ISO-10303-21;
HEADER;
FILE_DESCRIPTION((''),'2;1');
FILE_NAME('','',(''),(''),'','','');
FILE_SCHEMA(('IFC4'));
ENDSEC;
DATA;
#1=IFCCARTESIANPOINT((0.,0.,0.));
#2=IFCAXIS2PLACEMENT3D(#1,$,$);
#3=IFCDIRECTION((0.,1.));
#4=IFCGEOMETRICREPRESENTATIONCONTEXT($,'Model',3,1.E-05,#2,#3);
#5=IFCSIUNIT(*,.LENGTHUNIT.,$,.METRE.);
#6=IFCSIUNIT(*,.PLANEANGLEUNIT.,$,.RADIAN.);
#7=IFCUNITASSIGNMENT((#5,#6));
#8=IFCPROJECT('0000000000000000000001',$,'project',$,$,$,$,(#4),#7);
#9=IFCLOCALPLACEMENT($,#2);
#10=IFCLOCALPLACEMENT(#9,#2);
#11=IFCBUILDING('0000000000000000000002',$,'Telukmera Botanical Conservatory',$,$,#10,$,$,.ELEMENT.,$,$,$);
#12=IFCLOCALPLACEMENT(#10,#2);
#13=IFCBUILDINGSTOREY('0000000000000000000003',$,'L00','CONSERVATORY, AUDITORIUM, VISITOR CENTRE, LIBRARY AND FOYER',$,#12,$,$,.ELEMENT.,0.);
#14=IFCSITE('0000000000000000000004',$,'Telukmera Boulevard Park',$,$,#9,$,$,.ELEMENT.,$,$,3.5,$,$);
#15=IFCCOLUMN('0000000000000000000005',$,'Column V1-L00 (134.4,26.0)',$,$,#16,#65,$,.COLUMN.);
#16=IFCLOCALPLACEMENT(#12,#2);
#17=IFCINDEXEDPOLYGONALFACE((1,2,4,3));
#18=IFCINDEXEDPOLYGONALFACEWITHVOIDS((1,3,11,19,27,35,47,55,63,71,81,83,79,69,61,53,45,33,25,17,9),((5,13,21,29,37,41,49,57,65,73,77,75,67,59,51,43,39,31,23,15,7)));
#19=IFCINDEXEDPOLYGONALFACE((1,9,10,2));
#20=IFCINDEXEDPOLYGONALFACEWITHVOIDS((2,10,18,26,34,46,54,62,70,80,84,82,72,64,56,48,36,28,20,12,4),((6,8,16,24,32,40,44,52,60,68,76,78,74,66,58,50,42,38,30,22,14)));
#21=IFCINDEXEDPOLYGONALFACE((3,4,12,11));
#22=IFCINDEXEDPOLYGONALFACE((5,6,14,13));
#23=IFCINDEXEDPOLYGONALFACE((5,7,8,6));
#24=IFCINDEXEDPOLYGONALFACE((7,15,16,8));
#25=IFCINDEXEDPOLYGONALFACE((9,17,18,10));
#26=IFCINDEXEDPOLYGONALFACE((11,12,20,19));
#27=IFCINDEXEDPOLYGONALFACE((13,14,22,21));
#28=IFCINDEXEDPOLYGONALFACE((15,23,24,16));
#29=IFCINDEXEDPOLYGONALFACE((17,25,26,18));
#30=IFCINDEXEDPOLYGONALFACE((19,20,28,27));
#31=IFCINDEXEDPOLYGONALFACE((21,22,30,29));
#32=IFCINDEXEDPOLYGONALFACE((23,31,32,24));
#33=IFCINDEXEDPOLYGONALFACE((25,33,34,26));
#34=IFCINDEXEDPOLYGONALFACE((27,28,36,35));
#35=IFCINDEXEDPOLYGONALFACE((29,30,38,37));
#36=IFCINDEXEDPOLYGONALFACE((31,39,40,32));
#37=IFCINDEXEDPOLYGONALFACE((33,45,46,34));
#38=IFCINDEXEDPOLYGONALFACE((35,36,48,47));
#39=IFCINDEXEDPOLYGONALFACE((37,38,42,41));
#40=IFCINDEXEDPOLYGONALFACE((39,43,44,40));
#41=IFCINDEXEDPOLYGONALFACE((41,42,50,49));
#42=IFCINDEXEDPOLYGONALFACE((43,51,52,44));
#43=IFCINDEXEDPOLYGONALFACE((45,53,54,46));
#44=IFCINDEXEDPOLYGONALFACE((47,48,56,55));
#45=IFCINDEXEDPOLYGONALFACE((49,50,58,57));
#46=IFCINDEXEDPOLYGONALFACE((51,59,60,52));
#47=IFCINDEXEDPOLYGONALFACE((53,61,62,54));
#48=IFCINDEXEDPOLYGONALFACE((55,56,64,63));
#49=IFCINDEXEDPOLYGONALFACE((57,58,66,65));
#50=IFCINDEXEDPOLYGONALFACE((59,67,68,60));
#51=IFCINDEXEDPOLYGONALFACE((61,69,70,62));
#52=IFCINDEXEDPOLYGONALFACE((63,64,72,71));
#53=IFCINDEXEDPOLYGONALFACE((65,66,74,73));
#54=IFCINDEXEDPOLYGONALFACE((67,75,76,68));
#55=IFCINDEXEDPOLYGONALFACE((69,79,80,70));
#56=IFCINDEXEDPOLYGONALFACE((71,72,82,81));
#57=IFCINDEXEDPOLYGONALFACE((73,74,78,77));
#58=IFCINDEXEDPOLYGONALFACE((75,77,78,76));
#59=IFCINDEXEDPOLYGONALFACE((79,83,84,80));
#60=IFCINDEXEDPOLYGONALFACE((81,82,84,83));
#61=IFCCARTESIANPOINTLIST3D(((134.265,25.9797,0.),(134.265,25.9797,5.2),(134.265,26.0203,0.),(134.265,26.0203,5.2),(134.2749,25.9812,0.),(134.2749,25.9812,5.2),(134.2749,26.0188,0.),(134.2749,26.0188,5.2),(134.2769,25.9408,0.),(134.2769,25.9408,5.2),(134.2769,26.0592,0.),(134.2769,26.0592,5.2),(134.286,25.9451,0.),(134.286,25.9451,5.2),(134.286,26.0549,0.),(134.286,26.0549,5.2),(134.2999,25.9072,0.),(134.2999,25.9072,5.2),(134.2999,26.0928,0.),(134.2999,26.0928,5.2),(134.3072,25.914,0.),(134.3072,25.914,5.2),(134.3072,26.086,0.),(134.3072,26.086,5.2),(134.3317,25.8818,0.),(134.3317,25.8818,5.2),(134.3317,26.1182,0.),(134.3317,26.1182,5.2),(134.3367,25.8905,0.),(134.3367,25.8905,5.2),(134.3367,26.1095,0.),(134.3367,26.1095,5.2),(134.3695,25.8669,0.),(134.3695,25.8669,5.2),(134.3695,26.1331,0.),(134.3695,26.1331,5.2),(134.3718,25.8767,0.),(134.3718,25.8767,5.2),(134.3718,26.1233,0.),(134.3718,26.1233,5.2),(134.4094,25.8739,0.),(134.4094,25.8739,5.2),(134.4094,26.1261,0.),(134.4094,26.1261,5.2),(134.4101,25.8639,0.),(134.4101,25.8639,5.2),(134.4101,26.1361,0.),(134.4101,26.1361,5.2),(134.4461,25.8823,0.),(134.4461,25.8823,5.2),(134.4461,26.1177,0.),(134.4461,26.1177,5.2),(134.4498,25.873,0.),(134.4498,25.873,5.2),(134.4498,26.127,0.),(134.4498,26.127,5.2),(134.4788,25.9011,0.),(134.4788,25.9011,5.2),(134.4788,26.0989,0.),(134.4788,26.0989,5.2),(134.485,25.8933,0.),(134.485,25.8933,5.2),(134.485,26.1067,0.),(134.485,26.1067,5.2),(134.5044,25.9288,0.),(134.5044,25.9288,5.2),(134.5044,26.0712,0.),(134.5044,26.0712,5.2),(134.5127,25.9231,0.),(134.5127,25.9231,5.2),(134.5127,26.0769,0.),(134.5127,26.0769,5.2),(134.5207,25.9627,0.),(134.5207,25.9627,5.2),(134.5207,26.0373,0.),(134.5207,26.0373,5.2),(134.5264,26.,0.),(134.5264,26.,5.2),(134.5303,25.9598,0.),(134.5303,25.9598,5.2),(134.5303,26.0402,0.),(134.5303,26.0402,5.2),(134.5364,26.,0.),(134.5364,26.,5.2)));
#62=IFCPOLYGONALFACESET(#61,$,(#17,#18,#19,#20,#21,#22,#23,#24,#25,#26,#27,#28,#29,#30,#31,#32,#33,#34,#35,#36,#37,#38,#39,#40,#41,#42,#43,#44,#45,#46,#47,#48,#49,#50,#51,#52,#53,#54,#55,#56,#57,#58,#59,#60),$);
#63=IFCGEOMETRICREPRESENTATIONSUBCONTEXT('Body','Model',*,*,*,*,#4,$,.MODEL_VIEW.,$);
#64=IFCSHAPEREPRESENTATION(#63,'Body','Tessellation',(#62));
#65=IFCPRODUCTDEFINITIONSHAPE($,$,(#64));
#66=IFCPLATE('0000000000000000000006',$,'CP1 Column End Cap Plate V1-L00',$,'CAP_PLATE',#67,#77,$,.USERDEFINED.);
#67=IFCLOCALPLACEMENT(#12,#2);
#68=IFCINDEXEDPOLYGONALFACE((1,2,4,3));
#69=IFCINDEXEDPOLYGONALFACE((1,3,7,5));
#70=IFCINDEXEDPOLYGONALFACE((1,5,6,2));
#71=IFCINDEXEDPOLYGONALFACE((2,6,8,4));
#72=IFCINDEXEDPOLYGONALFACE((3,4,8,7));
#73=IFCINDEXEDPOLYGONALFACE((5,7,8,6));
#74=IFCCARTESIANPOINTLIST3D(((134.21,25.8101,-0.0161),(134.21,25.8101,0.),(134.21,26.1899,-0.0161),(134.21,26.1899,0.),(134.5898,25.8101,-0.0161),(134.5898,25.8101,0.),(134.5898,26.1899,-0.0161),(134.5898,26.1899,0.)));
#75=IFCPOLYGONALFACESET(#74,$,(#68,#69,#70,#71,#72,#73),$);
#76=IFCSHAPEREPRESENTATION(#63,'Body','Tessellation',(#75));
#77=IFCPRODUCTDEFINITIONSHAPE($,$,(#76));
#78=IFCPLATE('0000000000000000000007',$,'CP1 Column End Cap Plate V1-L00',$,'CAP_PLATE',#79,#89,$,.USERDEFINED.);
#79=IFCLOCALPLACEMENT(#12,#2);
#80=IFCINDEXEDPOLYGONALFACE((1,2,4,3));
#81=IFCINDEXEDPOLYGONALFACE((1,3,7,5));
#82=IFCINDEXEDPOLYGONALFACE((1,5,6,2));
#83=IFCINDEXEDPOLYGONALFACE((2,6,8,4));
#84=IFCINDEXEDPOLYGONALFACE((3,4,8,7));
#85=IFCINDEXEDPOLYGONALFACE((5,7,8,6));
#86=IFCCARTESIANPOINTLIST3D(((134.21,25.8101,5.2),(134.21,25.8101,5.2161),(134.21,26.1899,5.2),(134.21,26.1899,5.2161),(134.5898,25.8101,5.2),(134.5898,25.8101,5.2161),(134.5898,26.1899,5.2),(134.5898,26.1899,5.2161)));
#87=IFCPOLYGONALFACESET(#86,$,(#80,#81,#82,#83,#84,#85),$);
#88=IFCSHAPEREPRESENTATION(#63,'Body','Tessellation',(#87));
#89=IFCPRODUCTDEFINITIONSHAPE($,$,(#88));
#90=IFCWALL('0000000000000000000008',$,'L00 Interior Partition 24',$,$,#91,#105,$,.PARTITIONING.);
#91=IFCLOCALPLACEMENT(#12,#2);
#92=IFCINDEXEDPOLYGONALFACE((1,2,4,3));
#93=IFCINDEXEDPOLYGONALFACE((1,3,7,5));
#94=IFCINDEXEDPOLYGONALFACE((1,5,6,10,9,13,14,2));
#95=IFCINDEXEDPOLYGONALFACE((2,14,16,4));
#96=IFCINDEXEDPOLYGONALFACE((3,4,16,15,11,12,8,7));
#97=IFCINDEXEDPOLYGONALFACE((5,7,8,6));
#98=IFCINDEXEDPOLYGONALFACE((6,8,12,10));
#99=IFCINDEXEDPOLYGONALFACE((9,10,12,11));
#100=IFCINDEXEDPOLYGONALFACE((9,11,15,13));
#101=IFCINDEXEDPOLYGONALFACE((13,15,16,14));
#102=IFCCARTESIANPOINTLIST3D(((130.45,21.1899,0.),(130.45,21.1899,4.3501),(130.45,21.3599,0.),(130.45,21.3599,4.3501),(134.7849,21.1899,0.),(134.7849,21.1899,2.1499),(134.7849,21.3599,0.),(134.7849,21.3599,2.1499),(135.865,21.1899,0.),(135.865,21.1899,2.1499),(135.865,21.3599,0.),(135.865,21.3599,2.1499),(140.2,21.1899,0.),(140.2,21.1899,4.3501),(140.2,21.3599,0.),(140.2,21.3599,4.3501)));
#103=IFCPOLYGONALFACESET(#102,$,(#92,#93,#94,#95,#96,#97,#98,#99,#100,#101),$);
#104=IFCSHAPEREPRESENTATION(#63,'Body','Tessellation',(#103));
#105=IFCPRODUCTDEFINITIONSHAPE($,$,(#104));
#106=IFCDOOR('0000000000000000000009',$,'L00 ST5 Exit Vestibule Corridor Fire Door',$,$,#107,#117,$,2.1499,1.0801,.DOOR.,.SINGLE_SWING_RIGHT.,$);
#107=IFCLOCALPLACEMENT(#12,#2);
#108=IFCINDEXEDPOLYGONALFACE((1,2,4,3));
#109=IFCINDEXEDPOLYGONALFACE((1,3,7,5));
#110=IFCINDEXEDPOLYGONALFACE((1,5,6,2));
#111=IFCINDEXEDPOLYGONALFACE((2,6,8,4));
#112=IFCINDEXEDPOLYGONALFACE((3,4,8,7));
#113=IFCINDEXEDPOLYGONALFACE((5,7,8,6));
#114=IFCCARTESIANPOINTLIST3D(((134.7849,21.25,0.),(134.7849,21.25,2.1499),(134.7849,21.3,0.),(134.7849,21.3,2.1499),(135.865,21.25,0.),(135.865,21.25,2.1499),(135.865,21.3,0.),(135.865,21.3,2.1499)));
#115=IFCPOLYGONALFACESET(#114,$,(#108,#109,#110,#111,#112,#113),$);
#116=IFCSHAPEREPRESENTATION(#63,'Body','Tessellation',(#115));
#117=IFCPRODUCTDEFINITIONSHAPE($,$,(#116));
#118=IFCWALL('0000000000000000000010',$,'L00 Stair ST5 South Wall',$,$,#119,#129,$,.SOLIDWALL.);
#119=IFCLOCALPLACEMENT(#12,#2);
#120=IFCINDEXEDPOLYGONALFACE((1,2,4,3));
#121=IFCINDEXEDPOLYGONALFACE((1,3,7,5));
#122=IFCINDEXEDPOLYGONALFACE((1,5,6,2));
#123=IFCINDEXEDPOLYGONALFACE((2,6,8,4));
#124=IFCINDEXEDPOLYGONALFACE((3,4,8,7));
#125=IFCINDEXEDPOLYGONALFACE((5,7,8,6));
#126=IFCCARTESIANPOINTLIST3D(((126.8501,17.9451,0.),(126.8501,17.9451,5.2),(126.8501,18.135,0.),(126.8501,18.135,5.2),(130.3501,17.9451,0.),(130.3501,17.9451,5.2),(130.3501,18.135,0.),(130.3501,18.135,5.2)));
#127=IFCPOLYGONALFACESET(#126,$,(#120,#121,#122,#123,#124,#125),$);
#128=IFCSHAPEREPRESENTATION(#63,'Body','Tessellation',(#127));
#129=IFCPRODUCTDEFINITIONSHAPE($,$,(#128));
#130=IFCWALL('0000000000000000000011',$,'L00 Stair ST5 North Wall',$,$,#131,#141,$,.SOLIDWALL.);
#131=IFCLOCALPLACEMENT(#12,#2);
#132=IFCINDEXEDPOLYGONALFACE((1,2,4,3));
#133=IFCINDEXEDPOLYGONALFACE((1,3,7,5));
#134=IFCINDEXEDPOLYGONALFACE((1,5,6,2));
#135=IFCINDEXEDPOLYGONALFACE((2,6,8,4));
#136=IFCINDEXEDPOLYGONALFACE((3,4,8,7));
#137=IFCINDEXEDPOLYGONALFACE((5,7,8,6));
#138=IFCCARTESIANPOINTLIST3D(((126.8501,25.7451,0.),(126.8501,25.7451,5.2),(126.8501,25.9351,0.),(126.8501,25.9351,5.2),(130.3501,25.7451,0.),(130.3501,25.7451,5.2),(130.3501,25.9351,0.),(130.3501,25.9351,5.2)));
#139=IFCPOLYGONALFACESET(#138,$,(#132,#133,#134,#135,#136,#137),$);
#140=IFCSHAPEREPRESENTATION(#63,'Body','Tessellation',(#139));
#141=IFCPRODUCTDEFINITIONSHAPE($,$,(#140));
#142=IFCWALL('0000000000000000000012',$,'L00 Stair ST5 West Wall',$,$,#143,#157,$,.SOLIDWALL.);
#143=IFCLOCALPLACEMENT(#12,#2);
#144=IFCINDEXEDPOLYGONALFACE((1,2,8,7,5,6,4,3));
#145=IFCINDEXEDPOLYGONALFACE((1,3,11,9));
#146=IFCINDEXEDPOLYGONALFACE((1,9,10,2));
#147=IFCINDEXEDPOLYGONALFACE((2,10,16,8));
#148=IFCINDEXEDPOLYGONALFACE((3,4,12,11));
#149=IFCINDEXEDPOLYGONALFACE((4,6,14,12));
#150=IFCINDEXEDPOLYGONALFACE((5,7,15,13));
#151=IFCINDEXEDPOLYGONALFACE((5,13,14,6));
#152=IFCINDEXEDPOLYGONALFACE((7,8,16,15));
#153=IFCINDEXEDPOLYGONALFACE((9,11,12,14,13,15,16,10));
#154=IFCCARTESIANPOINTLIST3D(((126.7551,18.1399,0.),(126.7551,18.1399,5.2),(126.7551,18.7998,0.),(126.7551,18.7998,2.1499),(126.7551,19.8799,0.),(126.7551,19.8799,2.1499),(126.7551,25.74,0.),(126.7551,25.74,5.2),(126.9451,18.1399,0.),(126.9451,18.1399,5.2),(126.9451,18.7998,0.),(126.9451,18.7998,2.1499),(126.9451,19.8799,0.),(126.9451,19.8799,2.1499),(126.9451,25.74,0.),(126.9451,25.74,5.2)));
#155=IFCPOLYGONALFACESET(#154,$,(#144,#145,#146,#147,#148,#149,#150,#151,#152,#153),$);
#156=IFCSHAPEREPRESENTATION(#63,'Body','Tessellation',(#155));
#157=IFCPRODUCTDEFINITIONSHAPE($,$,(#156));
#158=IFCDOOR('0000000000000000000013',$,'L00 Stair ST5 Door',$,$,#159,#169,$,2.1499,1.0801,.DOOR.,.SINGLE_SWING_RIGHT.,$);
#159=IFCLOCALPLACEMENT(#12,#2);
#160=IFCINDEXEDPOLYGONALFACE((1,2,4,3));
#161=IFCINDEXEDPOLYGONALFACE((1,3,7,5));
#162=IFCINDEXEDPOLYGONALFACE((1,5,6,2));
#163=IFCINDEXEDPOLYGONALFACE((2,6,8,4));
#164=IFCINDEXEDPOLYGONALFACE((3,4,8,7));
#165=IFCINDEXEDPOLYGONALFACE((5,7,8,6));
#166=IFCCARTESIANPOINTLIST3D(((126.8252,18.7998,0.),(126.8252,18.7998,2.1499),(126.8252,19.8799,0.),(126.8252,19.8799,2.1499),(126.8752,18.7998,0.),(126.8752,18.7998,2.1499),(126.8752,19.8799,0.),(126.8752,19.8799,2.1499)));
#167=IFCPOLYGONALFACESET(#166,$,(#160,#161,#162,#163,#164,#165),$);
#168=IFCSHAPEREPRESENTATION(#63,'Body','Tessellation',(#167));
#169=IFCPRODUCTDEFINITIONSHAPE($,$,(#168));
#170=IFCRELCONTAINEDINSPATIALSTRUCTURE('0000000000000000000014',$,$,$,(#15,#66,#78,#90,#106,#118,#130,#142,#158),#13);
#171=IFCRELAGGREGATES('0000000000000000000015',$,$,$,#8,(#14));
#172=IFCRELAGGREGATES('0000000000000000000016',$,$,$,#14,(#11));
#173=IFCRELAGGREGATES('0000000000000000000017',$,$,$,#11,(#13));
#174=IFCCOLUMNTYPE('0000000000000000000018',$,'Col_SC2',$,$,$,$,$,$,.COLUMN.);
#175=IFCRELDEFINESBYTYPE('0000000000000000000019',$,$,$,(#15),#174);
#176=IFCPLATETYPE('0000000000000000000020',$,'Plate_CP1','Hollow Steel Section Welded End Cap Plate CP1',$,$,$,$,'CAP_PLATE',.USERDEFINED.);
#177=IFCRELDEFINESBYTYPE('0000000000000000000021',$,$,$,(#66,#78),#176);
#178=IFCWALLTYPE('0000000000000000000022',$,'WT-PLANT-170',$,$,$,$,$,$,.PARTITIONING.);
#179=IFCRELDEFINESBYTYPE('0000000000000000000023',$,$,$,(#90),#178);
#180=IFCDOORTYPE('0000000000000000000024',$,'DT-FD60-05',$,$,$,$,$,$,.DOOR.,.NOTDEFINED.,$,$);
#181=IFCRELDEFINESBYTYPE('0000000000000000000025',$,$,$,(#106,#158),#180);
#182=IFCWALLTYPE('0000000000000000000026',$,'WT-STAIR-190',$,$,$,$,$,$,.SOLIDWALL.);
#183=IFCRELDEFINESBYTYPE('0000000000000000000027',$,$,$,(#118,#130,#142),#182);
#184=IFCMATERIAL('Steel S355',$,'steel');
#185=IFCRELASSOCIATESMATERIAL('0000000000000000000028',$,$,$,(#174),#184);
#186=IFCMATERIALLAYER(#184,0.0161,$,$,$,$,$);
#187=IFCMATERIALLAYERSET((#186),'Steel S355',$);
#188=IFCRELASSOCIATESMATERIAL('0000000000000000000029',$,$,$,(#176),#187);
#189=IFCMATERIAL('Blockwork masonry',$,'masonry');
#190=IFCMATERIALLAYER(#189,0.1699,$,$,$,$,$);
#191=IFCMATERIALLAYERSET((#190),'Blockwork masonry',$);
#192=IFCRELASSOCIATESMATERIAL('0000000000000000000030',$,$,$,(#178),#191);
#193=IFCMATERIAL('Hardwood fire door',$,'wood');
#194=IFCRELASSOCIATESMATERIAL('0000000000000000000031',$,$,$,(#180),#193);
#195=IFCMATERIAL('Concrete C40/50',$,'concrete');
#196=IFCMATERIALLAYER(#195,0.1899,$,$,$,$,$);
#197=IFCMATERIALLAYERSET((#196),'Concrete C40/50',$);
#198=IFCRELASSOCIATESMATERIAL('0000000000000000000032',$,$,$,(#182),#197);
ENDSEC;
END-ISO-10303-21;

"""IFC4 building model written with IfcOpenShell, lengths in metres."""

from ifc_helpers import new_model, si_unit, direction, frame, frame_2d, origin, origin_2d, place, context, subcontext, project, spatial, rectangle, hollow_circle, extrude, material, layer, layer_set, material_profile, profile_set, type_object, element, fill, save


model = new_model("IFC4")

# Units and contexts
model_context = context("Model", 3, precision=1e-05, world=origin(), true_north=direction((0.0, 1.0)))
body_context = subcontext(model_context, "Body", "Model", "MODEL_VIEW")
ifc_project = project(units=[si_unit("LENGTHUNIT", "METRE"), si_unit("PLANEANGLEUNIT", "RADIAN")], contexts=[model_context])

# Site, building, storey
site_placement = place(None, origin())
site = spatial("IfcSite", under=ifc_project, at=site_placement, Name="Telukmera Boulevard Park", CompositionType="ELEMENT", RefElevation=3.5)
building_placement = place(site_placement, origin())
building = spatial("IfcBuilding", under=site, at=building_placement, Name="Telukmera Botanical Conservatory", CompositionType="ELEMENT")
storey_placement = place(building_placement, origin())
storey = spatial("IfcBuildingStorey", under=building, at=storey_placement, Name="L00", Description="CONSERVATORY, AUDITORIUM, VISITOR CENTRE, LIBRARY AND FOYER", CompositionType="ELEMENT", Elevation=0.0)

# Column
ifc_material_1 = material(Name="Steel S355", Category="steel")
ifc_material_profile = material_profile(ifc_material_1, hollow_circle(Radius=0.1365, WallThickness=0.01, at=origin_2d()), Name="CHS 273.0x10.0")
ifc_profile_set = profile_set([ifc_material_profile], Name="Steel S355")
column_type = type_object("IfcColumnType", Name="Col_SC2", PredefinedType="COLUMN", material=ifc_profile_set)
column_placement = place(storey_placement, frame((134.3999, 26.0, 0.0), z_axis=(0.0, 0.0, 1.0), x_axis=(1.0, 0.0, 0.0)))
element("IfcColumn", 1, at=column_placement, inside=storey, type_object=column_type, Name="Column V1-L00 (134.4,26.0)", PredefinedType="COLUMN", context=body_context, shape_type="SweptSolid", body=[
    extrude(hollow_circle(Radius=0.1365, WallThickness=0.01, at=origin_2d()), origin(), (0.0, 0.0, 1.0), 5.2),
])

# Plates
ifc_layer_1 = layer(ifc_material_1, 0.0161)
ifc_layer_set_1 = layer_set([ifc_layer_1], Name="Steel S355")
plate_type = type_object("IfcPlateType", Name="Plate_CP1", Description="Hollow Steel Section Welded End Cap Plate CP1", ElementType="CAP_PLATE", PredefinedType="USERDEFINED", material=ifc_layer_set_1)
for number, where, z_axis, x_axis, name in (
    (2, (134.3999, 26.0, -0.0161), (0.0, 0.0, 1.0), (1.0, 0.0, 0.0), "CP1 Column End Cap Plate V1-L00"),
    (3, (134.3999, 26.0, 5.2), (0.0, 0.0, 1.0), (1.0, 0.0, 0.0), "CP1 Column End Cap Plate V1-L00"),
):
    element("IfcPlate", number, at=place(storey_placement, frame(where, z_axis=z_axis, x_axis=x_axis)), inside=storey, type_object=plate_type, Name=name, ObjectType="CAP_PLATE", PredefinedType="USERDEFINED", context=body_context, shape_type="SweptSolid", body=[
        extrude(rectangle(XDim=0.3799, YDim=0.3799, at=origin_2d()), origin(), (0.0, 0.0, 1.0), 0.0161),
    ])

# Wall, opening, door
ifc_material_2 = material(Name="Blockwork masonry", Category="masonry")
ifc_layer_2 = layer(ifc_material_2, 0.1699)
ifc_layer_set_2 = layer_set([ifc_layer_2], Name="Blockwork masonry")
wall_type_1 = type_object("IfcWallType", Name="WT-PLANT-170", PredefinedType="PARTITIONING", material=ifc_layer_set_2)
wall_1_placement = place(storey_placement, frame((130.45, 21.2749, 0.0), z_axis=(0.0, 0.0, 1.0), x_axis=(1.0, 0.0, 0.0)))
wall_1 = element("IfcWall", 4, at=wall_1_placement, inside=storey, type_object=wall_type_1, Name="L00 Interior Partition 24", PredefinedType="PARTITIONING", context=body_context, shape_type="SweptSolid", body=[
    extrude(rectangle(XDim=9.75, YDim=0.1699, at=frame_2d((4.875, 0.0))), origin(), (0.0, 0.0, 1.0), 4.3501),
])
opening_1_placement = place(wall_1_placement, frame((4.335, 0.0, 0.0)))
opening_1 = element("IfcOpeningElement", 5, at=opening_1_placement, cuts=wall_1, PredefinedType="OPENING", context=body_context, shape_type="SweptSolid", body=[
    extrude(rectangle(XDim=1.0801, YDim=2.1499, at=frame_2d((0.54, 1.075))), frame((0.0, 0.095, 0.0), z_axis=(0.0, -1.0, 0.0), x_axis=(1.0, 0.0, 0.0)), (0.0, 0.0, 1.0), 0.1899),
])
ifc_material_3 = material(Name="Hardwood fire door", Category="wood")
door_type = type_object("IfcDoorType", Name="DT-FD60-05", OperationType="NOTDEFINED", PredefinedType="DOOR", material=ifc_material_3)
door_1_placement = place(opening_1_placement, frame((1.0801, 0.0, 0.0), z_axis=(0.0, 0.0, 1.0), x_axis=(-1.0, 0.0, 0.0)))
door_1 = element("IfcDoor", 6, at=door_1_placement, inside=storey, type_object=door_type, Name="L00 ST5 Exit Vestibule Corridor Fire Door", OperationType="SINGLE_SWING_RIGHT", OverallHeight=2.1499, OverallWidth=1.0801, PredefinedType="DOOR", context=body_context, shape_type="SweptSolid", body=[
    extrude(rectangle(XDim=1.0801, YDim=2.1499, at=frame_2d((0.54, 1.075))), frame((0.0, 0.0249, 0.0), z_axis=(0.0, -1.0, 0.0), x_axis=(1.0, 0.0, 0.0)), (0.0, 0.0, 1.0), 0.05),
])
fill(opening_1, door_1)

# Walls
ifc_material_4 = material(Name="Concrete C40/50", Category="concrete")
ifc_layer_3 = layer(ifc_material_4, 0.1899)
ifc_layer_set_3 = layer_set([ifc_layer_3], Name="Concrete C40/50")
wall_type_2 = type_object("IfcWallType", Name="WT-STAIR-190", PredefinedType="SOLIDWALL", material=ifc_layer_set_3)
for number, where, z_axis, x_axis, name in (
    (7, (126.8501, 18.04, 0.0), (0.0, 0.0, 1.0), (1.0, 0.0, 0.0), "L00 Stair ST5 South Wall"),
    (8, (126.8501, 25.8401, 0.0), (0.0, 0.0, 1.0), (1.0, 0.0, 0.0), "L00 Stair ST5 North Wall"),
):
    element("IfcWall", number, at=place(storey_placement, frame(where, z_axis=z_axis, x_axis=x_axis)), inside=storey, type_object=wall_type_2, Name=name, PredefinedType="SOLIDWALL", context=body_context, shape_type="SweptSolid", body=[
        extrude(rectangle(XDim=3.5, YDim=0.1899, at=frame_2d((1.75, 0.0))), origin(), (0.0, 0.0, 1.0), 5.2),
    ])

# Wall, opening, door
wall_2_placement = place(storey_placement, frame((126.8501, 18.1399, 0.0), z_axis=(0.0, 0.0, 1.0), x_axis=(0.0, 1.0, 0.0)))
wall_2 = element("IfcWall", 9, at=wall_2_placement, inside=storey, type_object=wall_type_2, Name="L00 Stair ST5 West Wall", PredefinedType="SOLIDWALL", context=body_context, shape_type="SweptSolid", body=[
    extrude(rectangle(XDim=7.6001, YDim=0.1899, at=frame_2d((3.8, 0.0))), origin(), (0.0, 0.0, 1.0), 5.2),
])
opening_2_placement = place(wall_2_placement, frame((0.6599, 0.0, 0.0)))
opening_2 = element("IfcOpeningElement", 10, at=opening_2_placement, cuts=wall_2, PredefinedType="OPENING", context=body_context, shape_type="SweptSolid", body=[
    extrude(rectangle(XDim=1.0801, YDim=2.1499, at=frame_2d((0.54, 1.075))), frame((0.0, 0.105, 0.0), z_axis=(0.0, -1.0, 0.0), x_axis=(1.0, 0.0, 0.0)), (0.0, 0.0, 1.0), 0.21),
])
door_2_placement = place(opening_2_placement, origin())
door_2 = element("IfcDoor", 11, at=door_2_placement, inside=storey, type_object=door_type, Name="L00 Stair ST5 Door", OperationType="SINGLE_SWING_RIGHT", OverallHeight=2.1499, OverallWidth=1.0801, PredefinedType="DOOR", context=body_context, shape_type="SweptSolid", body=[
    extrude(rectangle(XDim=1.0801, YDim=2.1499, at=frame_2d((0.54, 1.075))), frame((0.0, 0.0249, 0.0), z_axis=(0.0, -1.0, 0.0), x_axis=(1.0, 0.0, 0.0)), (0.0, 0.0, 1.0), 0.05),
])
fill(opening_2, door_2)

save(model, "model.ifc")
